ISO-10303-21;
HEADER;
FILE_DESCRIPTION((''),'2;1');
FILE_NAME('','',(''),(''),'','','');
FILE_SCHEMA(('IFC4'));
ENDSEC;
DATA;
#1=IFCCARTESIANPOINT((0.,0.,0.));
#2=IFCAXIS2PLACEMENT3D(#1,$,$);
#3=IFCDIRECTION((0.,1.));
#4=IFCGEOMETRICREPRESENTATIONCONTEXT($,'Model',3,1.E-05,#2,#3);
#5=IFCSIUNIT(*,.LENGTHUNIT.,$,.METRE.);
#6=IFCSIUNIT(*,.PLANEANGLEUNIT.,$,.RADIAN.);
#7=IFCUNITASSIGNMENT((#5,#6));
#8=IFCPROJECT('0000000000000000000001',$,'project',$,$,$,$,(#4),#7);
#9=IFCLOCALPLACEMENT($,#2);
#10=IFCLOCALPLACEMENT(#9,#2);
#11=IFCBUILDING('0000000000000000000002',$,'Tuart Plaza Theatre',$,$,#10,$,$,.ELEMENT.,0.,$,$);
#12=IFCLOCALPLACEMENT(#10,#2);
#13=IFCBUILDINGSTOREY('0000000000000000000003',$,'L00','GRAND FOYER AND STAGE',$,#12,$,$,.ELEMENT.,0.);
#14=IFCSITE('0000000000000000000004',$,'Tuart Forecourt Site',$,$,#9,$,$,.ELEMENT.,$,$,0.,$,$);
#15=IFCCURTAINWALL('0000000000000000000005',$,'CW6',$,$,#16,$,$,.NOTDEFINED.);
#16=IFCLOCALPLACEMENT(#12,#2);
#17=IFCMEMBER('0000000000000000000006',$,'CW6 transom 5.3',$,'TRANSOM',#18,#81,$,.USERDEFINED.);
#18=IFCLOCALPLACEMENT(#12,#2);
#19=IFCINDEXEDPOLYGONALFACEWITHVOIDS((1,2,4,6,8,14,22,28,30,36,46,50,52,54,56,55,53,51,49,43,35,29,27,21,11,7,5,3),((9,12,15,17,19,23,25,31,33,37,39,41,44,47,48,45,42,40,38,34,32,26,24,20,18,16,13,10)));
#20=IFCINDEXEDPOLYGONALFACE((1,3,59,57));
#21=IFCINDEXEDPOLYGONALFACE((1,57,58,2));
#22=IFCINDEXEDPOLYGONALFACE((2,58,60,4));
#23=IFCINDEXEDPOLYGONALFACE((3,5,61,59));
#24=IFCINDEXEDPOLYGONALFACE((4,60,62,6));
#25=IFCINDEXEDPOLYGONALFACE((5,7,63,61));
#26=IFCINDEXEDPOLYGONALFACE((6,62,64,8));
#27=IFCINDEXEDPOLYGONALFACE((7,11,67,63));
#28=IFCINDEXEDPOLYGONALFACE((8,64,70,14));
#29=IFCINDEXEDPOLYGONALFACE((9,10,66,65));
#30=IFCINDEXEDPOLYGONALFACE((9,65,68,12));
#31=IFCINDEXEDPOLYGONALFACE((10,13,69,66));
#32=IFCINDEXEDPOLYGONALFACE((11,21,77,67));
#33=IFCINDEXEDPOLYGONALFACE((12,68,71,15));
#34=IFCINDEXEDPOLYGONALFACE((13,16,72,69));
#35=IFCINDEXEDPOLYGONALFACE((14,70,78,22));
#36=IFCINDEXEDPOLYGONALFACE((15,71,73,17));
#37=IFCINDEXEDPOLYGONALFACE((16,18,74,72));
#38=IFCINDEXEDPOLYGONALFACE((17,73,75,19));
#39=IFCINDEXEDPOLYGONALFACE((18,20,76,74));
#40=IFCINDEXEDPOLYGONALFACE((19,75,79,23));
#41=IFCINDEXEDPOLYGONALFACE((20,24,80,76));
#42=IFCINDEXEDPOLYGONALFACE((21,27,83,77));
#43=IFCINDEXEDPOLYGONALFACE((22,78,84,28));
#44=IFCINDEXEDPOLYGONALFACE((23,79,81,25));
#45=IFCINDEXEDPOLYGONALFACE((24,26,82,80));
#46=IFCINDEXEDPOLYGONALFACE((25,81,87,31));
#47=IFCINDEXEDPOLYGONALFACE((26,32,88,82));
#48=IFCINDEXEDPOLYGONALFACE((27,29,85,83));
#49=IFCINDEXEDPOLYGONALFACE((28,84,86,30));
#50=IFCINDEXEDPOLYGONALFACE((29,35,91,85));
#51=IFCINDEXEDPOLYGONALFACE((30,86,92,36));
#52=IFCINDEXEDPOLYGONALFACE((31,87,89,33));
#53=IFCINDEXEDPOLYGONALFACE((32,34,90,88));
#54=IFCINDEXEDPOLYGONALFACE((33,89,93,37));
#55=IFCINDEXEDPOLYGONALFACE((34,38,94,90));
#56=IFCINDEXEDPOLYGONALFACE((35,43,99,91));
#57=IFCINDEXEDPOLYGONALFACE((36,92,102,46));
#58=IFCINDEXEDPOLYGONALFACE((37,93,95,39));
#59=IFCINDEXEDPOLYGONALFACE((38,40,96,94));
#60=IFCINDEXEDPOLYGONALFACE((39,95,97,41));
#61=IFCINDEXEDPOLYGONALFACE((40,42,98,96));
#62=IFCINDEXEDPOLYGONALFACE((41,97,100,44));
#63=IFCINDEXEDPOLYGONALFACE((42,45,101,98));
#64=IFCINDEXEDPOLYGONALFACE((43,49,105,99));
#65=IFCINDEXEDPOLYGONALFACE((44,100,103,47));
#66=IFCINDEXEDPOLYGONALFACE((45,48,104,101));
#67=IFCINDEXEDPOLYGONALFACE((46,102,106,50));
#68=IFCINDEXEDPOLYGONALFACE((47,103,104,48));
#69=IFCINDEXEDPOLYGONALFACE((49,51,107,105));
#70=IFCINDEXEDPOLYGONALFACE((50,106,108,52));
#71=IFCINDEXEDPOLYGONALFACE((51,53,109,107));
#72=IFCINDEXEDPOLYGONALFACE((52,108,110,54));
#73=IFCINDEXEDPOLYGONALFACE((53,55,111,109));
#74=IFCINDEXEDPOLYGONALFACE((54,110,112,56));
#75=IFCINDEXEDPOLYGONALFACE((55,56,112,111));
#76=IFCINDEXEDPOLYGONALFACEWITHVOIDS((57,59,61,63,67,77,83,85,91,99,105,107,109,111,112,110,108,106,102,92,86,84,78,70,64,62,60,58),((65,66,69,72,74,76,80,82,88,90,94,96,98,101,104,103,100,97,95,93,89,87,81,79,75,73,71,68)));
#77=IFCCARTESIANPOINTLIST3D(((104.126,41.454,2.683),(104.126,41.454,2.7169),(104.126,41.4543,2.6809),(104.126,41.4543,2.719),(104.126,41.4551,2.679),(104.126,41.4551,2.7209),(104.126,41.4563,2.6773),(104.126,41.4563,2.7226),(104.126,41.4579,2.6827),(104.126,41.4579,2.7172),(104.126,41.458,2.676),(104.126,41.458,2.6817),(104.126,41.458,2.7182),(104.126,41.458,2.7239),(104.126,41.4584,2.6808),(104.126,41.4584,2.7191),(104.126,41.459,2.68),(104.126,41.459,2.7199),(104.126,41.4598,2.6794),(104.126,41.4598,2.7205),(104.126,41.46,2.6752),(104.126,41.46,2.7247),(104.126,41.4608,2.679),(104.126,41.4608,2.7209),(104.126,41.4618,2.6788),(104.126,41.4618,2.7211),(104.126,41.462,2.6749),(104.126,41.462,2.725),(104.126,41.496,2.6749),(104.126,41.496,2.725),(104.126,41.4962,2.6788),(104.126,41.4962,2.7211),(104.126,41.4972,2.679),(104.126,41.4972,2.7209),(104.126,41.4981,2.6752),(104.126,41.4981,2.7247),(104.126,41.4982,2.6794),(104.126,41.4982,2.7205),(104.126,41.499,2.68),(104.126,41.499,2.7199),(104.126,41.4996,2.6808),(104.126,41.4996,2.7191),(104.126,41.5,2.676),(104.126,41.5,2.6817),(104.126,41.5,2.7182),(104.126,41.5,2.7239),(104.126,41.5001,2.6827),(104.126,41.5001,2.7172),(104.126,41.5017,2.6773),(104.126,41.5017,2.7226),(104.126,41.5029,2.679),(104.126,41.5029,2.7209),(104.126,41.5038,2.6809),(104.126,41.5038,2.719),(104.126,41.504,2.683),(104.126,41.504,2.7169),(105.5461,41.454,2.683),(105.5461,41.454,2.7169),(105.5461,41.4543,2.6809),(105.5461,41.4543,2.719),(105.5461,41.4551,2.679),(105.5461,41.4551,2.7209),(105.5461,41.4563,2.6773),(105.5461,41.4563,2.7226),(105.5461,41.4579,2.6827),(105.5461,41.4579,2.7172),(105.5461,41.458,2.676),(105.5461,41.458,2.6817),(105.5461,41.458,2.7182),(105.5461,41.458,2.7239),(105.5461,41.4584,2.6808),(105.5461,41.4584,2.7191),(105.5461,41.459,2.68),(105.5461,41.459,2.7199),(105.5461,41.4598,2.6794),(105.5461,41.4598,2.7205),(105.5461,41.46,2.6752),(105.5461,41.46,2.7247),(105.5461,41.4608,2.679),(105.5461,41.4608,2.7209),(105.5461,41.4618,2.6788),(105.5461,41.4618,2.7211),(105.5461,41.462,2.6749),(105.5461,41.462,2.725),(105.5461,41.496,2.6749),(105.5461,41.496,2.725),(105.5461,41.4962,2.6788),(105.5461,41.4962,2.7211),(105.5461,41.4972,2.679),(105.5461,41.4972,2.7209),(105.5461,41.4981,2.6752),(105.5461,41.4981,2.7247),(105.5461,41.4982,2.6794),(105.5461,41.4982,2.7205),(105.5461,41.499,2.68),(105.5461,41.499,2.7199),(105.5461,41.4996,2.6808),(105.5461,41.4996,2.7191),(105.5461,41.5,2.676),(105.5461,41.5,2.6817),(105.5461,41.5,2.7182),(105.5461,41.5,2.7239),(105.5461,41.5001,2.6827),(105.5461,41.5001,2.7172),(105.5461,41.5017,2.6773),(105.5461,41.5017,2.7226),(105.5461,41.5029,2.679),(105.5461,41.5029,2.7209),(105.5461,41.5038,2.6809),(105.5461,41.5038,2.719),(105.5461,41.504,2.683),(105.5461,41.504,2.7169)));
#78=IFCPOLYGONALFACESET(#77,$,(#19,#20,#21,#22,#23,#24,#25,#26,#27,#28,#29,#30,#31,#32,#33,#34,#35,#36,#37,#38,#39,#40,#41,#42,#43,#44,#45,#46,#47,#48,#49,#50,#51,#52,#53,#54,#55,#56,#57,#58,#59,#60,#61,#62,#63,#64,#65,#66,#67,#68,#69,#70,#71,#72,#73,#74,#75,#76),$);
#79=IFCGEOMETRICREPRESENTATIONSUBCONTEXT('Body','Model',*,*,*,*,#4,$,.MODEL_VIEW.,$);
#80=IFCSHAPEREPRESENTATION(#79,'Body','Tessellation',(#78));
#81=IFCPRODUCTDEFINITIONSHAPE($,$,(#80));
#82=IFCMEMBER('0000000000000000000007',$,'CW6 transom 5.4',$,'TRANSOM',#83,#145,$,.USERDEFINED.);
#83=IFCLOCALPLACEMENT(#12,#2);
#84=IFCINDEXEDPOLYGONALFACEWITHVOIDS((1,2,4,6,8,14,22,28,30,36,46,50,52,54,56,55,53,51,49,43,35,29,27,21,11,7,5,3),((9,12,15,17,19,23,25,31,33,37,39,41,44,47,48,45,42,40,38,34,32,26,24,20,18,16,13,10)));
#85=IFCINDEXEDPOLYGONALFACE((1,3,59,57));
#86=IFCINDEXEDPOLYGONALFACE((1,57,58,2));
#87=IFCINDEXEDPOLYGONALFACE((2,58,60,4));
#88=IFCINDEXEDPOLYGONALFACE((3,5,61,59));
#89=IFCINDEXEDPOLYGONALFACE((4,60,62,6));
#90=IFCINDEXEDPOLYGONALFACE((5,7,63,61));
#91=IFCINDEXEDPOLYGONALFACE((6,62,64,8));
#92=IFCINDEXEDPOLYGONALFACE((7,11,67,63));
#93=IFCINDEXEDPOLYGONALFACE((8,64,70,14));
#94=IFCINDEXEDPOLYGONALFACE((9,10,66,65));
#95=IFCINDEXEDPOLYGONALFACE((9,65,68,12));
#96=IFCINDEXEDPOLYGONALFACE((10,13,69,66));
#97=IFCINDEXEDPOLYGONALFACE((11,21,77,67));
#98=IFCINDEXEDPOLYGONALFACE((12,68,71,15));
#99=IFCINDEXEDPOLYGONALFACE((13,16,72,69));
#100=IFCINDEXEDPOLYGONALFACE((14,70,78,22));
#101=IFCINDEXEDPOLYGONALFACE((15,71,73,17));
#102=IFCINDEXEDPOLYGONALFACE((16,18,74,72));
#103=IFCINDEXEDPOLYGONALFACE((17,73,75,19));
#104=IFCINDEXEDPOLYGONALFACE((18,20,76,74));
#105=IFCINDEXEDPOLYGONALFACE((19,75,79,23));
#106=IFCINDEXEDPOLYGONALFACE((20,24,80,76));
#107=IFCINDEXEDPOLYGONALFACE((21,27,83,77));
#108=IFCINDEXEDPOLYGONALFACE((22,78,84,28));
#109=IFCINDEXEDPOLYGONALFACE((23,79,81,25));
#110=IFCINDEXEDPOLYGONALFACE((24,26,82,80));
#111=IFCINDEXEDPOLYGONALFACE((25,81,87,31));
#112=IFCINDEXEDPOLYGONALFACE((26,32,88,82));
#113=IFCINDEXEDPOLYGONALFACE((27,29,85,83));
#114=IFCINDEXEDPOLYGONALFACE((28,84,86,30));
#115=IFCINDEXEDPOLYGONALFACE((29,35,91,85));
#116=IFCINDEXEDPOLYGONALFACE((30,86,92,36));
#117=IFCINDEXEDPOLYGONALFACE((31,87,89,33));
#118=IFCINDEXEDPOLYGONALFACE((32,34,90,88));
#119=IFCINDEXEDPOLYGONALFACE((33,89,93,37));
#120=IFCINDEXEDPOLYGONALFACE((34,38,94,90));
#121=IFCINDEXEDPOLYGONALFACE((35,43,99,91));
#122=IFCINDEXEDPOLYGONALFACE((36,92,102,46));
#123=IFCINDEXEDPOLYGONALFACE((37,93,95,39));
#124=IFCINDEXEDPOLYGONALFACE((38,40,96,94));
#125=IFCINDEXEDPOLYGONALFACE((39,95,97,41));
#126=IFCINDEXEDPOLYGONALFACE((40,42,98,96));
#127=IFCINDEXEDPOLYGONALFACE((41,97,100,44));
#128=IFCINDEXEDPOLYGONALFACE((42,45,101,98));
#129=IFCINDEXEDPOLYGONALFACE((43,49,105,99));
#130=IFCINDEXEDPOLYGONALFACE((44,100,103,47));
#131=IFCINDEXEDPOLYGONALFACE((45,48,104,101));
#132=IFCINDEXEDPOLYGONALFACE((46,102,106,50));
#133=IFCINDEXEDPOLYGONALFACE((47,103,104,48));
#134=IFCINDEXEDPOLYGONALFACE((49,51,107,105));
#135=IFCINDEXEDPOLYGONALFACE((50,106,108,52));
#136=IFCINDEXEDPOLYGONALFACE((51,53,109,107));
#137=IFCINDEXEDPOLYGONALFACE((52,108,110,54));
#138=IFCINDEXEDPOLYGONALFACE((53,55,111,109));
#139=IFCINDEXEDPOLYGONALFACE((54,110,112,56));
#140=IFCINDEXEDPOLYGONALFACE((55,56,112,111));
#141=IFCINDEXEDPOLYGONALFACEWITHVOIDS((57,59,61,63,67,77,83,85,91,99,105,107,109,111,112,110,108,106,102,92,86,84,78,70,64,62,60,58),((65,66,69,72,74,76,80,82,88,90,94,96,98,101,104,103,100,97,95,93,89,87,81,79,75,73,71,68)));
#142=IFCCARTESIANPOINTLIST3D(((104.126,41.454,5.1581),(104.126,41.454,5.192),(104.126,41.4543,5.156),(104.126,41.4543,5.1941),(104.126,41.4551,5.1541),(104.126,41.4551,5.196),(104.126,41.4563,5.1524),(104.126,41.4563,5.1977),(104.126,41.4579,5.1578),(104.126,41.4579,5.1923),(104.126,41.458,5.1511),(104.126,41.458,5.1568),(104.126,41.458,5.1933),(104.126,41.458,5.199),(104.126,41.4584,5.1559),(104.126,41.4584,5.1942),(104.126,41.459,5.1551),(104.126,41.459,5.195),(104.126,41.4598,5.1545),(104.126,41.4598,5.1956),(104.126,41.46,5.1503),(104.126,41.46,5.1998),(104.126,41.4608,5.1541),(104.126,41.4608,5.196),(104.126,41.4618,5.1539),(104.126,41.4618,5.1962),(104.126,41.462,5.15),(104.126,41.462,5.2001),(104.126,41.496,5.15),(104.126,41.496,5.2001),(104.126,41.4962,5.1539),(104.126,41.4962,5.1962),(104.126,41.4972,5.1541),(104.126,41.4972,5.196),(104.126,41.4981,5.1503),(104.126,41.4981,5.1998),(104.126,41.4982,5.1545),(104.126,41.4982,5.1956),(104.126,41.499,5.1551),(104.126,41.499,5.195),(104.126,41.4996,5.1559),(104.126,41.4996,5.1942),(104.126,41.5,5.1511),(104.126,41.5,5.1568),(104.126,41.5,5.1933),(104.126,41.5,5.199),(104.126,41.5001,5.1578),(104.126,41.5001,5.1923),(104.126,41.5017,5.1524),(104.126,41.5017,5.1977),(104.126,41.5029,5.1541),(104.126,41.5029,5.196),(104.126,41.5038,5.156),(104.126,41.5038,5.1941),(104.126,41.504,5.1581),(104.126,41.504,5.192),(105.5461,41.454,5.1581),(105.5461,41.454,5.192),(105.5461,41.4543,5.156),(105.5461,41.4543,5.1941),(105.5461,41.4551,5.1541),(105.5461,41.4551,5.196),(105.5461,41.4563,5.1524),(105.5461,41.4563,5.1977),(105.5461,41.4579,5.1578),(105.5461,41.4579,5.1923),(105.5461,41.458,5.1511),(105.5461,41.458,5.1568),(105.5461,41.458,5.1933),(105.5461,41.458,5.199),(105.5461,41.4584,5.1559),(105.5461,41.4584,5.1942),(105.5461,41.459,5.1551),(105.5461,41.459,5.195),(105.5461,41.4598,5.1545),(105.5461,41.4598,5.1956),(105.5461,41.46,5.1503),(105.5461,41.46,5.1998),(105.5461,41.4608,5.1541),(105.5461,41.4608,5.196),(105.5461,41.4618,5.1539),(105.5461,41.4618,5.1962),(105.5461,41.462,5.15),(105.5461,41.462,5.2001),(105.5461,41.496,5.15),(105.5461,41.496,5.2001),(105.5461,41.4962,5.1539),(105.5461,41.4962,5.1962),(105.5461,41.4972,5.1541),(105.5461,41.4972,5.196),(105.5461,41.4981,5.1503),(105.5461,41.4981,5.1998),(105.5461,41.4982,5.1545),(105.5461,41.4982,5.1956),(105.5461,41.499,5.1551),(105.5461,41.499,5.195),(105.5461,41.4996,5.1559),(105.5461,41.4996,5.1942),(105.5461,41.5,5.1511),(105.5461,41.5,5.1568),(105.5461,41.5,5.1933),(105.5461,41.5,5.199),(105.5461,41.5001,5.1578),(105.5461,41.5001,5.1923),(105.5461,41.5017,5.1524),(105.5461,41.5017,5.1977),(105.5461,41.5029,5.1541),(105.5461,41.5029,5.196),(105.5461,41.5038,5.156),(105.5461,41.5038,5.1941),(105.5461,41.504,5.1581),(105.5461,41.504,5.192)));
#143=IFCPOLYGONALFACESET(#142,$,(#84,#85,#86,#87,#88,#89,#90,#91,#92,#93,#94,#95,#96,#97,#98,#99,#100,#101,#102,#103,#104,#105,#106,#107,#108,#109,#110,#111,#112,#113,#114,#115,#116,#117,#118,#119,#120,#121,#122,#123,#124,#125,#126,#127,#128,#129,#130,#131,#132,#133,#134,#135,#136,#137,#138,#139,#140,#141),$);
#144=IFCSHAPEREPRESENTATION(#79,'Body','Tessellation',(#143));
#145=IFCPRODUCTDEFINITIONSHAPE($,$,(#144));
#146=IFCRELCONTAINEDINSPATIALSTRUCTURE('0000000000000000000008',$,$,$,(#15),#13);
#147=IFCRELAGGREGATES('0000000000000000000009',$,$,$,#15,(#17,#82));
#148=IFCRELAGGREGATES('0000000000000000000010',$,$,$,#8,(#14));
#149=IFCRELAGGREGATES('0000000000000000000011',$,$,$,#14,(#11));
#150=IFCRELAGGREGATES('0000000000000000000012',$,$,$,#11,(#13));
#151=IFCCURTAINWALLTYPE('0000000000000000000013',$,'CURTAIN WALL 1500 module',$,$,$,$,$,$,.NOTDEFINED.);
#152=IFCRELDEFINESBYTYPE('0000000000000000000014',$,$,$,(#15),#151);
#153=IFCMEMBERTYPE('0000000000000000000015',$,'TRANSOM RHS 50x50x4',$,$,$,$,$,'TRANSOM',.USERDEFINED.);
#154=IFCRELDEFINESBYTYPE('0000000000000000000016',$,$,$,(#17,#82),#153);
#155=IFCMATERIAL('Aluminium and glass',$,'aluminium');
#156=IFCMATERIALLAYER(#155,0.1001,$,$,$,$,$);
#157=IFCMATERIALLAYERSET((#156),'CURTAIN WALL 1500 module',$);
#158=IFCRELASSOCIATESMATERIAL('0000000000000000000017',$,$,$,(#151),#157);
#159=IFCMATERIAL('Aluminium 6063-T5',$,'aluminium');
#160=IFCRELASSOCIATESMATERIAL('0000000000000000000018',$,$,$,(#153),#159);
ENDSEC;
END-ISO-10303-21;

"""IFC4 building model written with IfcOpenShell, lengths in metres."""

from ifc_helpers import new_model, si_unit, direction, frame, origin, origin_2d, place, context, subcontext, project, spatial, hollow_rectangle, extrude, material, layer, layer_set, material_profile, profile_set, type_object, element, aggregate, save


model = new_model("IFC4")

# Units and contexts
model_context = context("Model", 3, precision=1e-05, world=origin(), true_north=direction((0.0, 1.0)))
body_context = subcontext(model_context, "Body", "Model", "MODEL_VIEW")
ifc_project = project(units=[si_unit("LENGTHUNIT", "METRE"), si_unit("PLANEANGLEUNIT", "RADIAN")], contexts=[model_context])

# Site, building, storey
site_placement = place(None, origin())
site = spatial("IfcSite", under=ifc_project, at=site_placement, Name="Tuart Forecourt Site", CompositionType="ELEMENT", RefElevation=0.0)
building_placement = place(site_placement, origin())
building = spatial("IfcBuilding", under=site, at=building_placement, Name="Tuart Plaza Theatre", CompositionType="ELEMENT", ElevationOfRefHeight=0.0)
storey_placement = place(building_placement, origin())
storey = spatial("IfcBuildingStorey", under=building, at=storey_placement, Name="L00", Description="GRAND FOYER AND STAGE", CompositionType="ELEMENT", Elevation=0.0)

# Curtain wall
ifc_material_1 = material(Name="Aluminium and glass", Category="aluminium")
ifc_layer_1 = layer(ifc_material_1, 0.1001)
ifc_layer_set_1 = layer_set([ifc_layer_1], Name="CURTAIN WALL 1500 module")
curtain_wall_type = type_object("IfcCurtainWallType", Name="CURTAIN WALL 1500 module", PredefinedType="NOTDEFINED", material=ifc_layer_set_1)
curtain_wall_1_placement = place(storey_placement, origin())
curtain_wall_1 = element("IfcCurtainWall", 1, at=curtain_wall_1_placement, inside=storey, type_object=curtain_wall_type, Name="CW6", PredefinedType="NOTDEFINED")

# Shared definitions
ifc_material_2 = material(Name="Aluminium 6063-T5", Category="aluminium")
ifc_material_profile_1 = material_profile(ifc_material_2, hollow_rectangle(XDim=0.05, YDim=0.05, WallThickness=0.0039, InnerFilletRadius=0.0039, OuterFilletRadius=0.0081, at=origin_2d()), Name="RHS 50x50x4")
ifc_profile_set_1 = profile_set([ifc_material_profile_1], Name="Aluminium 6063-T5")
member_type_1 = type_object("IfcMemberType", Name="TRANSOM RHS 50x50x4", ElementType="TRANSOM", PredefinedType="USERDEFINED", material=ifc_profile_set_1)

# Members
member_1_placement = place(storey_placement, frame((104.126, 41.479, 2.7), z_axis=(1.0, 0.0, 0.0), x_axis=(0.0, 1.0, 0.0)))
member_1 = element("IfcMember", 2, at=member_1_placement, type_object=member_type_1, Name="CW6 transom 5.3", ObjectType="TRANSOM", PredefinedType="USERDEFINED", context=body_context, shape_type="SweptSolid", body=[
    extrude(hollow_rectangle(XDim=0.05, YDim=0.05, WallThickness=0.0039, InnerFilletRadius=0.0039, OuterFilletRadius=0.0081, at=origin_2d()), origin(), (0.0, 0.0, 1.0), 1.4202),
])
member_2_placement = place(storey_placement, frame((104.126, 41.479, 5.175), z_axis=(1.0, 0.0, 0.0), x_axis=(0.0, 1.0, 0.0)))
member_2 = element("IfcMember", 3, at=member_2_placement, type_object=member_type_1, Name="CW6 transom 5.4", ObjectType="TRANSOM", PredefinedType="USERDEFINED", context=body_context, shape_type="SweptSolid", body=[
    extrude(hollow_rectangle(XDim=0.05, YDim=0.05, WallThickness=0.0039, InnerFilletRadius=0.0039, OuterFilletRadius=0.0081, at=origin_2d()), origin(), (0.0, 0.0, 1.0), 1.4202),
])

aggregate(curtain_wall_1, [member_1, member_2])

save(model, "model.ifc")
